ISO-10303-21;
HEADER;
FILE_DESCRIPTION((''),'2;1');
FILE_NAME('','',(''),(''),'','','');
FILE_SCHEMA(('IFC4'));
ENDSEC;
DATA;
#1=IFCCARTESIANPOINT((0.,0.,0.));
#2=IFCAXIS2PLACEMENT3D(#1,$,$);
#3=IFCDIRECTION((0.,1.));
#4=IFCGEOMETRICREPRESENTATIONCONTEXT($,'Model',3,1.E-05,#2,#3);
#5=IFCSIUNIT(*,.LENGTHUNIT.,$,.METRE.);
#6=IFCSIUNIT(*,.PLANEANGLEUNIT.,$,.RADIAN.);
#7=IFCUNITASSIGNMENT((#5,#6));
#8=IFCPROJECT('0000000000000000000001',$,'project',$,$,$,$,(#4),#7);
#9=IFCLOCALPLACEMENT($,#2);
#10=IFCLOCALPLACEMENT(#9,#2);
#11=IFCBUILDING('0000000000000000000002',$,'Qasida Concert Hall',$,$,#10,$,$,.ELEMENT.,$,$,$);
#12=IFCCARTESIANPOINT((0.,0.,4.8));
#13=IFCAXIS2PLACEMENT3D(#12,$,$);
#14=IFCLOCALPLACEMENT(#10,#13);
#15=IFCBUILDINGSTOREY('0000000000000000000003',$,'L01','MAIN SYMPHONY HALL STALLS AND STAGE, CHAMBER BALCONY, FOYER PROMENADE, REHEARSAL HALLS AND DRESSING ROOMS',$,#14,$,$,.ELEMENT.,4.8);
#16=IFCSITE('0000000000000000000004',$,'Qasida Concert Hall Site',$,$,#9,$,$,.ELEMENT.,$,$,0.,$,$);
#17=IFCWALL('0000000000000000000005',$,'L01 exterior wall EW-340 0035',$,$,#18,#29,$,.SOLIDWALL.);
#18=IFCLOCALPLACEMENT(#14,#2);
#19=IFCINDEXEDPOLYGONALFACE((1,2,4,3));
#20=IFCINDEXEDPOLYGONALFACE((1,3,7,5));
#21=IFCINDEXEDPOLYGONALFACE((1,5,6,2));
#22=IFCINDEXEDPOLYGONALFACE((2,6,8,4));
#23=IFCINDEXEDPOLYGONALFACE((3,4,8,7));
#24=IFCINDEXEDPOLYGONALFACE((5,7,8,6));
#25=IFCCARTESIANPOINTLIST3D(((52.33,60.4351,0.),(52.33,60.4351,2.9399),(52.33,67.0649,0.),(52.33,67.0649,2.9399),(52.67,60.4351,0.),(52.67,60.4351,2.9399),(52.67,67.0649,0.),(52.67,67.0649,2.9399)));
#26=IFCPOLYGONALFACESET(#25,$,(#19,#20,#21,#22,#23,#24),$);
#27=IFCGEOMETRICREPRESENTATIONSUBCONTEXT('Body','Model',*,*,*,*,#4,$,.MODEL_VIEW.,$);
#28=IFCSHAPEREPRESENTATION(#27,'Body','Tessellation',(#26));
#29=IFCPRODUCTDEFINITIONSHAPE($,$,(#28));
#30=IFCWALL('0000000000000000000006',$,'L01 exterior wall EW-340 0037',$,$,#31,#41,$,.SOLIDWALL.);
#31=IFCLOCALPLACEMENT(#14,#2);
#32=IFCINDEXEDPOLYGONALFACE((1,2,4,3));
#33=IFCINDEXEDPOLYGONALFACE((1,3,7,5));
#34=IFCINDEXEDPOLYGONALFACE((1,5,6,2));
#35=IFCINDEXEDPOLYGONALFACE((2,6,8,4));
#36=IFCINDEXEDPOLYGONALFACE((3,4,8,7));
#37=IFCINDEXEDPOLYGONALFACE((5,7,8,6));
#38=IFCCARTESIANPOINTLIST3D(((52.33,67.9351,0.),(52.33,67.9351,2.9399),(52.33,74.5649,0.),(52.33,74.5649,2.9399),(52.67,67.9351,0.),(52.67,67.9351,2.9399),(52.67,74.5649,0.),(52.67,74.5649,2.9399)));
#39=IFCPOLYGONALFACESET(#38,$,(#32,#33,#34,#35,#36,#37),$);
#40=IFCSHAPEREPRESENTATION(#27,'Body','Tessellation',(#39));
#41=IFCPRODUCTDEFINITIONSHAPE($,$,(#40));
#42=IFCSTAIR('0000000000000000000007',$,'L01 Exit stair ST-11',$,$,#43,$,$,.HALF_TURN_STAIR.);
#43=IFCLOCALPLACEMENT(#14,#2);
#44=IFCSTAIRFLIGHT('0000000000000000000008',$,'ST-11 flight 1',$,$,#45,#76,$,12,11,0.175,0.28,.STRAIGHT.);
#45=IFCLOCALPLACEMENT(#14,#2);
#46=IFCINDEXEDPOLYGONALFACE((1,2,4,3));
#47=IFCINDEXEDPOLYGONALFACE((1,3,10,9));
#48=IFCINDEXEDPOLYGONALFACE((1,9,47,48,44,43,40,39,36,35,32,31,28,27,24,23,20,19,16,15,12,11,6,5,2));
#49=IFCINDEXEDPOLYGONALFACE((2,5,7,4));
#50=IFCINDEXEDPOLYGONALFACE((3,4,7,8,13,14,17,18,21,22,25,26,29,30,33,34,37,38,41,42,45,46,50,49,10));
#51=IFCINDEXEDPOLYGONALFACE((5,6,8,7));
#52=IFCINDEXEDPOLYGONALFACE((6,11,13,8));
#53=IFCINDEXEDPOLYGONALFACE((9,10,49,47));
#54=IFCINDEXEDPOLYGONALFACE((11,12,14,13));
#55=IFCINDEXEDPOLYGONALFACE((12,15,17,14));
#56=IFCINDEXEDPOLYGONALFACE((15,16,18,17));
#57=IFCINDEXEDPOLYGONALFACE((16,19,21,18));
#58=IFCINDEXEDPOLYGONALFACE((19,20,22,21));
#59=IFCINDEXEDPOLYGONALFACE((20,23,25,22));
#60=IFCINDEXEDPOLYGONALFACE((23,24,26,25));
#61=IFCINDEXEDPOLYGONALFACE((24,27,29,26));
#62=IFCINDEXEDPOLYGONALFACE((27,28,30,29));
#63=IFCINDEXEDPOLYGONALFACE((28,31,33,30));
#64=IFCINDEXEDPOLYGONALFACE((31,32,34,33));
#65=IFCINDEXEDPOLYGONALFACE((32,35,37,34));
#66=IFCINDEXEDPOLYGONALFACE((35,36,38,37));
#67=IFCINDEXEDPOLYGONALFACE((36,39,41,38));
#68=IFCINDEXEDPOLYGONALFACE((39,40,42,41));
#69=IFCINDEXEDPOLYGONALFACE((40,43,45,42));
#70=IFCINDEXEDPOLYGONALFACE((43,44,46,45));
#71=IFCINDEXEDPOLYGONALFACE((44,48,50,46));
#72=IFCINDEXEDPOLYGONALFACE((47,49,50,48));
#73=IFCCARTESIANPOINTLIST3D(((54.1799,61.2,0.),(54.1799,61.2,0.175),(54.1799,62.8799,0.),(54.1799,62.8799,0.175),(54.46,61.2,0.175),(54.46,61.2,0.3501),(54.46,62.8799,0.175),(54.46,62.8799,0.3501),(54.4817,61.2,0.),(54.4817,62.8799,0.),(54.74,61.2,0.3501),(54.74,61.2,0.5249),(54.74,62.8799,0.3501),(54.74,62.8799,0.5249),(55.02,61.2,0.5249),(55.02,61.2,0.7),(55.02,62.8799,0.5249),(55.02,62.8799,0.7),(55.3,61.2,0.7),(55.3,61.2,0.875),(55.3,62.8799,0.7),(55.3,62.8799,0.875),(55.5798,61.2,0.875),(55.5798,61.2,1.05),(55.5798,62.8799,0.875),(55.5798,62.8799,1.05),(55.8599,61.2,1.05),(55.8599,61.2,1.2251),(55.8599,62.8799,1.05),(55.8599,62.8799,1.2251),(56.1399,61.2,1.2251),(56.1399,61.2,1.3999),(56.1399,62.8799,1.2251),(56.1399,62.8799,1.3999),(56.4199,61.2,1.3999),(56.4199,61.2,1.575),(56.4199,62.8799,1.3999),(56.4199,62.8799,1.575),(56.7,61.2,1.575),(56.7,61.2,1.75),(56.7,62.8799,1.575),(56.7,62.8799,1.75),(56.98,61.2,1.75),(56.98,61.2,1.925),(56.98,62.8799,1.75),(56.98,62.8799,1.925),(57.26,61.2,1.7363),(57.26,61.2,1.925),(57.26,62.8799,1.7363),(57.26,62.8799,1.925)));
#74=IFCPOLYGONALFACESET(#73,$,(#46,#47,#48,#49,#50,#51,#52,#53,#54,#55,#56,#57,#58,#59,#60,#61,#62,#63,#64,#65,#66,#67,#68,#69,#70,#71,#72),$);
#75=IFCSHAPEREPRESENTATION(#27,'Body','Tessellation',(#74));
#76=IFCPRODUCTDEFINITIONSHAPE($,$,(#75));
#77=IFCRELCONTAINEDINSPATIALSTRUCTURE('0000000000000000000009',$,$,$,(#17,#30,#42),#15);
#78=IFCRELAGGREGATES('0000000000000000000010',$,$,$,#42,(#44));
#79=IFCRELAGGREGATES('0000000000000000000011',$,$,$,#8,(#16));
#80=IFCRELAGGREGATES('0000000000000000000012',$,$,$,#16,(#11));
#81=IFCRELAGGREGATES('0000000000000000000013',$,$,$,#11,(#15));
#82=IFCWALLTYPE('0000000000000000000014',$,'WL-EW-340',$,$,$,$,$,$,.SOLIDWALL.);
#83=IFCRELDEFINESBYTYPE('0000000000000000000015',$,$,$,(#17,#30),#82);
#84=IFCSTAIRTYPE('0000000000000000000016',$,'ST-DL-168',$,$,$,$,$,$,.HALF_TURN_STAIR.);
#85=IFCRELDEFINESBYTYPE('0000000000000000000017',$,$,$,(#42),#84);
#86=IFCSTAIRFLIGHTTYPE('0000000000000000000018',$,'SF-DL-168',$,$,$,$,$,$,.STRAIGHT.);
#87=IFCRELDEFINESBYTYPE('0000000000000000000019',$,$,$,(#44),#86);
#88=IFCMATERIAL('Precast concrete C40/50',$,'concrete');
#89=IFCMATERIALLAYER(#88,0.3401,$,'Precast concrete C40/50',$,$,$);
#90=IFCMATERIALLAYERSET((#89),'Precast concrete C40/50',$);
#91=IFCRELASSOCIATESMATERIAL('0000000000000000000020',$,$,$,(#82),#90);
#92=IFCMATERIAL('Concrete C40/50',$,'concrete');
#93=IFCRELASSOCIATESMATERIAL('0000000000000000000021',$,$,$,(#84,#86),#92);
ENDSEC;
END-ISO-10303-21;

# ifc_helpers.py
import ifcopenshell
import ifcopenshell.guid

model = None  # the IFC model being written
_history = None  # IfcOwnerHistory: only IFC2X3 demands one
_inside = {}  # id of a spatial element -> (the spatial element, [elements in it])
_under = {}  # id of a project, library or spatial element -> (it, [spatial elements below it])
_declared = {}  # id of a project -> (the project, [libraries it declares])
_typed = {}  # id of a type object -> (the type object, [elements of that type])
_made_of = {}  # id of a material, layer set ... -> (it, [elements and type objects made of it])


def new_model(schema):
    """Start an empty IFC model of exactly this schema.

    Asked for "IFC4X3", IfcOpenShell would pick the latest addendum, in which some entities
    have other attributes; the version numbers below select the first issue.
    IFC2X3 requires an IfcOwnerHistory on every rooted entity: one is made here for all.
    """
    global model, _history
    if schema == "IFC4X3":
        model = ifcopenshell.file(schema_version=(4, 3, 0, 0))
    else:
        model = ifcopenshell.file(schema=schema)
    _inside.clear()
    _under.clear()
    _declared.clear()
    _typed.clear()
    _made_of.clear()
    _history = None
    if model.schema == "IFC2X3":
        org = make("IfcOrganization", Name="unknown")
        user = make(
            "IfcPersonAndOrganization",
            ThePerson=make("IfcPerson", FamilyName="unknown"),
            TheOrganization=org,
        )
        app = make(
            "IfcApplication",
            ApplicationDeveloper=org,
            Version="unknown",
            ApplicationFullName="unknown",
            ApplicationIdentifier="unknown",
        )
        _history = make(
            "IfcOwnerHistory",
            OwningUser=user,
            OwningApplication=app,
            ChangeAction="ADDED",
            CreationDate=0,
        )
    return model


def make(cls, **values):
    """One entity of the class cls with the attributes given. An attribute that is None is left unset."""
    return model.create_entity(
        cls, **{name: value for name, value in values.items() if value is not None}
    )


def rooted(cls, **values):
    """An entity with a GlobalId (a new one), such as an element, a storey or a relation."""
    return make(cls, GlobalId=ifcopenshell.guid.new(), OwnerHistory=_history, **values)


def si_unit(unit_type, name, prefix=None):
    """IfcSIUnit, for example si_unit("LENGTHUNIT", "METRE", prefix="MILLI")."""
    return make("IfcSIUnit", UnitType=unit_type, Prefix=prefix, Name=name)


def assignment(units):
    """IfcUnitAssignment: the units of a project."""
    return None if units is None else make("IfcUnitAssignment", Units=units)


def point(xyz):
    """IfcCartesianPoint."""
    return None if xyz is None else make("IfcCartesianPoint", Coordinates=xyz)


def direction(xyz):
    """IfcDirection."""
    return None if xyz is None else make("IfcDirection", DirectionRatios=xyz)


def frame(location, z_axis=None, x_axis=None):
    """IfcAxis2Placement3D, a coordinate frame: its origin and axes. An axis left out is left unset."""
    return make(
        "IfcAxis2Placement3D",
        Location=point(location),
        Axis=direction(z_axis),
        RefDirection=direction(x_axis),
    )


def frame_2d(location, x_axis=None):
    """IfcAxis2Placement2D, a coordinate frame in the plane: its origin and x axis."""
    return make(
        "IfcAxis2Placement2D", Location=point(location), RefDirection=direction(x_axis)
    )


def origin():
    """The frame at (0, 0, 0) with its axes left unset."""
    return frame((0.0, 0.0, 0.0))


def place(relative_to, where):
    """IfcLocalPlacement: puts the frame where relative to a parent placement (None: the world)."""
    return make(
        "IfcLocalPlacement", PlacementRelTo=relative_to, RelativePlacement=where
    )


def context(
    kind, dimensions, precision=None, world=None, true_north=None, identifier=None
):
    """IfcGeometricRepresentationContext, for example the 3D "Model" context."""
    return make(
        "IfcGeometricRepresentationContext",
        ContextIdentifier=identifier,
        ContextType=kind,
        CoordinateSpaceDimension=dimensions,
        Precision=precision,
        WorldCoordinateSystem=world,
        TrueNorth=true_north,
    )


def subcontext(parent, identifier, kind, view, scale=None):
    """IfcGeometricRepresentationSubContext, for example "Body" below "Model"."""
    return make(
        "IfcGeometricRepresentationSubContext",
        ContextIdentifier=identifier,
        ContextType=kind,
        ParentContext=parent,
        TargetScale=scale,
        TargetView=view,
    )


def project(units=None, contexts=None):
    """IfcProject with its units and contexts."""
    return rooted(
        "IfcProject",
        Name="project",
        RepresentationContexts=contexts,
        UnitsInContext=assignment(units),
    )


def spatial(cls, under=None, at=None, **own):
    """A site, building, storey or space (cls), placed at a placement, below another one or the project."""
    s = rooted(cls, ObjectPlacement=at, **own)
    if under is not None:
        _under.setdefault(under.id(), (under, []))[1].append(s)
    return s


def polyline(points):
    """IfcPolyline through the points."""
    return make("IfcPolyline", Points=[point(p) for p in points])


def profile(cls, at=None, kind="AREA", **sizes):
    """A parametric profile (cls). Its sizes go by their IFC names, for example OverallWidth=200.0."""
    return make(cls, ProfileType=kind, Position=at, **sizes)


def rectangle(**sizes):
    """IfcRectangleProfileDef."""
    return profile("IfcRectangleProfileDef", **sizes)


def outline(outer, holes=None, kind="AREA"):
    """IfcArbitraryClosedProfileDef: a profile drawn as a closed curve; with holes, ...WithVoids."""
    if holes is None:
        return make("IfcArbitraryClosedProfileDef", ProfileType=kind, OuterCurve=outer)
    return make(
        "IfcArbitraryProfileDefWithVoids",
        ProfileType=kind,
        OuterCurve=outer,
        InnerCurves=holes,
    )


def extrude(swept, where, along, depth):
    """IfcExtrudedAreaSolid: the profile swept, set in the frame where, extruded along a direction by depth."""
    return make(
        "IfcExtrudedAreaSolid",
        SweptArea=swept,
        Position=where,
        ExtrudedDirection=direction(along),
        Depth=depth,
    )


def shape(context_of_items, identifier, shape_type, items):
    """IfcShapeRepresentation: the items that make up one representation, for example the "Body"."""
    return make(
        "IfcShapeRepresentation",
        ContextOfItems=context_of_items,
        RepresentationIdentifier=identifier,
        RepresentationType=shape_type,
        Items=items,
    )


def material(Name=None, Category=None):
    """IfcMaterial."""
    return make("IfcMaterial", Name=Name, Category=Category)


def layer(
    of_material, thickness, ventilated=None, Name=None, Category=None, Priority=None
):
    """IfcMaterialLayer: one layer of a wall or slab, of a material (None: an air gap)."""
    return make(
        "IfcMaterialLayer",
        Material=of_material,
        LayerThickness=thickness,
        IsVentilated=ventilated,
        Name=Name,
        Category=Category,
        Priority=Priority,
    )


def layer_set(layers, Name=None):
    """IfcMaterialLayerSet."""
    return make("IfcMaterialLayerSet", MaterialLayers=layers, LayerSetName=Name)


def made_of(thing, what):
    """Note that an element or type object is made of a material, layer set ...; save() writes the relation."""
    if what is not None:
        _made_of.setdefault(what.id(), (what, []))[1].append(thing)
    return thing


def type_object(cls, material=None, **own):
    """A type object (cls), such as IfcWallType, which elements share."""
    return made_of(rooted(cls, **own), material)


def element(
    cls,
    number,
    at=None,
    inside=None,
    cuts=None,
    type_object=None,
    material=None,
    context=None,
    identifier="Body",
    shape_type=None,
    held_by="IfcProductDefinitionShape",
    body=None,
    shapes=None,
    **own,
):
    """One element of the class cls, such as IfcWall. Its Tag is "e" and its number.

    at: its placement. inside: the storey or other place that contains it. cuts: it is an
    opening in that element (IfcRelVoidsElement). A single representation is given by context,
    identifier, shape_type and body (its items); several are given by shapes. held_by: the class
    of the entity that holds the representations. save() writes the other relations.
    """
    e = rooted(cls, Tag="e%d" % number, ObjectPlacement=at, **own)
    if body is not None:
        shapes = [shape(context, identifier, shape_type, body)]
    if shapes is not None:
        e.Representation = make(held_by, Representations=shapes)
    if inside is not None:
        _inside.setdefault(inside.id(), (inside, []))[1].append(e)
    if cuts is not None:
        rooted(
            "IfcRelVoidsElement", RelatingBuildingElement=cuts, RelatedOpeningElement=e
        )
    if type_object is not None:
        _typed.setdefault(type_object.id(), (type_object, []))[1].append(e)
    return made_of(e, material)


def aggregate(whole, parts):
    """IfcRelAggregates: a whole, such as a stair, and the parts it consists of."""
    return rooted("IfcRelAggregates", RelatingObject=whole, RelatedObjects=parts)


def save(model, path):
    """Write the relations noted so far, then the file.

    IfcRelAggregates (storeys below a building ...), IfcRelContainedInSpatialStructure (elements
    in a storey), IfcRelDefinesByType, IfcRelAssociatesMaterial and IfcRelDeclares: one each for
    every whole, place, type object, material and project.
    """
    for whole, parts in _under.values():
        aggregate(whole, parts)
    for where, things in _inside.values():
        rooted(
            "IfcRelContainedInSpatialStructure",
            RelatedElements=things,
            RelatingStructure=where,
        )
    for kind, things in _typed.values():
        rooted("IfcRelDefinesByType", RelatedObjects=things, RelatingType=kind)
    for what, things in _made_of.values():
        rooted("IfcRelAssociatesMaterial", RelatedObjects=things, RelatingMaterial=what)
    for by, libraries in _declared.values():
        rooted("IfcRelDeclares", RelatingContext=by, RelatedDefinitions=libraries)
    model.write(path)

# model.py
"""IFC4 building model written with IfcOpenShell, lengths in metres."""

from ifc_helpers import new_model, si_unit, direction, frame, frame_2d, origin, place, context, subcontext, project, spatial, polyline, rectangle, outline, extrude, material, layer, layer_set, type_object, element, aggregate, save


model = new_model("IFC4")

# Units and contexts
model_context = context("Model", 3, precision=1e-05, world=origin(), true_north=direction((0.0, 1.0)))
body_context = subcontext(model_context, "Body", "Model", "MODEL_VIEW")
ifc_project = project(units=[si_unit("LENGTHUNIT", "METRE"), si_unit("PLANEANGLEUNIT", "RADIAN")], contexts=[model_context])

# Site, building, storey
site_placement = place(None, origin())
site = spatial("IfcSite", under=ifc_project, at=site_placement, Name="Qasida Concert Hall Site", CompositionType="ELEMENT", RefElevation=0.0)
building_placement = place(site_placement, origin())
building = spatial("IfcBuilding", under=site, at=building_placement, Name="Qasida Concert Hall", CompositionType="ELEMENT")
storey_placement = place(building_placement, frame((0.0, 0.0, 4.8)))
storey = spatial("IfcBuildingStorey", under=building, at=storey_placement, Name="L01", Description="MAIN SYMPHONY HALL STALLS AND STAGE, CHAMBER BALCONY, FOYER PROMENADE, REHEARSAL HALLS AND DRESSING ROOMS", CompositionType="ELEMENT", Elevation=4.8)

# Shared definitions
ifc_material_1 = material(Name="Concrete C40/50", Category="concrete")

# Walls
ifc_material_2 = material(Name="Precast concrete C40/50", Category="concrete")
ifc_layer_1 = layer(ifc_material_2, 0.3401, Name="Precast concrete C40/50")
ifc_layer_set_1 = layer_set([ifc_layer_1], Name="Precast concrete C40/50")
wall_type = type_object("IfcWallType", Name="WL-EW-340", PredefinedType="SOLIDWALL", material=ifc_layer_set_1)
for number, where, z_axis, x_axis, name in (
    (1, (52.5, 60.4351, 0.0), (0.0, 0.0, 1.0), (0.0, 1.0, 0.0), "L01 exterior wall EW-340 0035"),
    (2, (52.5, 67.9351, 0.0), (0.0, 0.0, 1.0), (0.0, 1.0, 0.0), "L01 exterior wall EW-340 0037"),
):
    element("IfcWall", number, at=place(storey_placement, frame(where, z_axis=z_axis, x_axis=x_axis)), inside=storey, type_object=wall_type, Name=name, PredefinedType="SOLIDWALL", context=body_context, shape_type="SweptSolid", body=[
        extrude(rectangle(XDim=6.6299, YDim=0.3401, at=frame_2d((3.3149, 0.0))), origin(), (0.0, 0.0, 1.0), 2.9399),
    ])

# Stair, stair flight
stair_type = type_object("IfcStairType", Name="ST-DL-168", PredefinedType="HALF_TURN_STAIR", material=ifc_material_1)
stair_placement = place(storey_placement, origin())
stair = element("IfcStair", 3, at=stair_placement, inside=storey, type_object=stair_type, Name="L01 Exit stair ST-11", PredefinedType="HALF_TURN_STAIR")
stair_flight_type = type_object("IfcStairFlightType", Name="SF-DL-168", PredefinedType="STRAIGHT", material=ifc_material_1)
stair_flight_placement = place(storey_placement, frame((54.1799, 62.04, 0.0), z_axis=(0.0, 0.0, 1.0), x_axis=(1.0, 0.0, 0.0)))
stair_flight = element("IfcStairFlight", 4, at=stair_flight_placement, type_object=stair_flight_type, Name="ST-11 flight 1", NumberOfRisers=12, NumberOfTreads=11, PredefinedType="STRAIGHT", RiserHeight=0.175, TreadLength=0.28, context=body_context, shape_type="SweptSolid", body=[
    extrude(outline(polyline([(0.0, 0.0), (0.0, 0.175), (0.28, 0.175), (0.28, 0.3501), (0.5601, 0.3501), (0.5601, 0.5249), (0.8401, 0.5249), (0.8401, 0.7), (1.1201, 0.7), (1.1201, 0.875), (1.3999, 0.875), (1.3999, 1.05), (1.6799, 1.05), (1.6799, 1.2251), (1.96, 1.2251), (1.96, 1.3999), (2.24, 1.3999), (2.24, 1.575), (2.52, 1.575), (2.52, 1.75), (2.8, 1.75), (2.8, 1.925), (3.0801, 1.925), (3.0801, 2.1001), (3.0801, 1.7363), (0.3018, 0.0), (0.0, 0.0)])), frame((0.0, 0.8398, 0.0), z_axis=(0.0, -1.0, 0.0), x_axis=(1.0, 0.0, 0.0)), (0.0, 0.0, 1.0), 1.6799),
])
aggregate(stair, [stair_flight])

save(model, "model.ifc")
